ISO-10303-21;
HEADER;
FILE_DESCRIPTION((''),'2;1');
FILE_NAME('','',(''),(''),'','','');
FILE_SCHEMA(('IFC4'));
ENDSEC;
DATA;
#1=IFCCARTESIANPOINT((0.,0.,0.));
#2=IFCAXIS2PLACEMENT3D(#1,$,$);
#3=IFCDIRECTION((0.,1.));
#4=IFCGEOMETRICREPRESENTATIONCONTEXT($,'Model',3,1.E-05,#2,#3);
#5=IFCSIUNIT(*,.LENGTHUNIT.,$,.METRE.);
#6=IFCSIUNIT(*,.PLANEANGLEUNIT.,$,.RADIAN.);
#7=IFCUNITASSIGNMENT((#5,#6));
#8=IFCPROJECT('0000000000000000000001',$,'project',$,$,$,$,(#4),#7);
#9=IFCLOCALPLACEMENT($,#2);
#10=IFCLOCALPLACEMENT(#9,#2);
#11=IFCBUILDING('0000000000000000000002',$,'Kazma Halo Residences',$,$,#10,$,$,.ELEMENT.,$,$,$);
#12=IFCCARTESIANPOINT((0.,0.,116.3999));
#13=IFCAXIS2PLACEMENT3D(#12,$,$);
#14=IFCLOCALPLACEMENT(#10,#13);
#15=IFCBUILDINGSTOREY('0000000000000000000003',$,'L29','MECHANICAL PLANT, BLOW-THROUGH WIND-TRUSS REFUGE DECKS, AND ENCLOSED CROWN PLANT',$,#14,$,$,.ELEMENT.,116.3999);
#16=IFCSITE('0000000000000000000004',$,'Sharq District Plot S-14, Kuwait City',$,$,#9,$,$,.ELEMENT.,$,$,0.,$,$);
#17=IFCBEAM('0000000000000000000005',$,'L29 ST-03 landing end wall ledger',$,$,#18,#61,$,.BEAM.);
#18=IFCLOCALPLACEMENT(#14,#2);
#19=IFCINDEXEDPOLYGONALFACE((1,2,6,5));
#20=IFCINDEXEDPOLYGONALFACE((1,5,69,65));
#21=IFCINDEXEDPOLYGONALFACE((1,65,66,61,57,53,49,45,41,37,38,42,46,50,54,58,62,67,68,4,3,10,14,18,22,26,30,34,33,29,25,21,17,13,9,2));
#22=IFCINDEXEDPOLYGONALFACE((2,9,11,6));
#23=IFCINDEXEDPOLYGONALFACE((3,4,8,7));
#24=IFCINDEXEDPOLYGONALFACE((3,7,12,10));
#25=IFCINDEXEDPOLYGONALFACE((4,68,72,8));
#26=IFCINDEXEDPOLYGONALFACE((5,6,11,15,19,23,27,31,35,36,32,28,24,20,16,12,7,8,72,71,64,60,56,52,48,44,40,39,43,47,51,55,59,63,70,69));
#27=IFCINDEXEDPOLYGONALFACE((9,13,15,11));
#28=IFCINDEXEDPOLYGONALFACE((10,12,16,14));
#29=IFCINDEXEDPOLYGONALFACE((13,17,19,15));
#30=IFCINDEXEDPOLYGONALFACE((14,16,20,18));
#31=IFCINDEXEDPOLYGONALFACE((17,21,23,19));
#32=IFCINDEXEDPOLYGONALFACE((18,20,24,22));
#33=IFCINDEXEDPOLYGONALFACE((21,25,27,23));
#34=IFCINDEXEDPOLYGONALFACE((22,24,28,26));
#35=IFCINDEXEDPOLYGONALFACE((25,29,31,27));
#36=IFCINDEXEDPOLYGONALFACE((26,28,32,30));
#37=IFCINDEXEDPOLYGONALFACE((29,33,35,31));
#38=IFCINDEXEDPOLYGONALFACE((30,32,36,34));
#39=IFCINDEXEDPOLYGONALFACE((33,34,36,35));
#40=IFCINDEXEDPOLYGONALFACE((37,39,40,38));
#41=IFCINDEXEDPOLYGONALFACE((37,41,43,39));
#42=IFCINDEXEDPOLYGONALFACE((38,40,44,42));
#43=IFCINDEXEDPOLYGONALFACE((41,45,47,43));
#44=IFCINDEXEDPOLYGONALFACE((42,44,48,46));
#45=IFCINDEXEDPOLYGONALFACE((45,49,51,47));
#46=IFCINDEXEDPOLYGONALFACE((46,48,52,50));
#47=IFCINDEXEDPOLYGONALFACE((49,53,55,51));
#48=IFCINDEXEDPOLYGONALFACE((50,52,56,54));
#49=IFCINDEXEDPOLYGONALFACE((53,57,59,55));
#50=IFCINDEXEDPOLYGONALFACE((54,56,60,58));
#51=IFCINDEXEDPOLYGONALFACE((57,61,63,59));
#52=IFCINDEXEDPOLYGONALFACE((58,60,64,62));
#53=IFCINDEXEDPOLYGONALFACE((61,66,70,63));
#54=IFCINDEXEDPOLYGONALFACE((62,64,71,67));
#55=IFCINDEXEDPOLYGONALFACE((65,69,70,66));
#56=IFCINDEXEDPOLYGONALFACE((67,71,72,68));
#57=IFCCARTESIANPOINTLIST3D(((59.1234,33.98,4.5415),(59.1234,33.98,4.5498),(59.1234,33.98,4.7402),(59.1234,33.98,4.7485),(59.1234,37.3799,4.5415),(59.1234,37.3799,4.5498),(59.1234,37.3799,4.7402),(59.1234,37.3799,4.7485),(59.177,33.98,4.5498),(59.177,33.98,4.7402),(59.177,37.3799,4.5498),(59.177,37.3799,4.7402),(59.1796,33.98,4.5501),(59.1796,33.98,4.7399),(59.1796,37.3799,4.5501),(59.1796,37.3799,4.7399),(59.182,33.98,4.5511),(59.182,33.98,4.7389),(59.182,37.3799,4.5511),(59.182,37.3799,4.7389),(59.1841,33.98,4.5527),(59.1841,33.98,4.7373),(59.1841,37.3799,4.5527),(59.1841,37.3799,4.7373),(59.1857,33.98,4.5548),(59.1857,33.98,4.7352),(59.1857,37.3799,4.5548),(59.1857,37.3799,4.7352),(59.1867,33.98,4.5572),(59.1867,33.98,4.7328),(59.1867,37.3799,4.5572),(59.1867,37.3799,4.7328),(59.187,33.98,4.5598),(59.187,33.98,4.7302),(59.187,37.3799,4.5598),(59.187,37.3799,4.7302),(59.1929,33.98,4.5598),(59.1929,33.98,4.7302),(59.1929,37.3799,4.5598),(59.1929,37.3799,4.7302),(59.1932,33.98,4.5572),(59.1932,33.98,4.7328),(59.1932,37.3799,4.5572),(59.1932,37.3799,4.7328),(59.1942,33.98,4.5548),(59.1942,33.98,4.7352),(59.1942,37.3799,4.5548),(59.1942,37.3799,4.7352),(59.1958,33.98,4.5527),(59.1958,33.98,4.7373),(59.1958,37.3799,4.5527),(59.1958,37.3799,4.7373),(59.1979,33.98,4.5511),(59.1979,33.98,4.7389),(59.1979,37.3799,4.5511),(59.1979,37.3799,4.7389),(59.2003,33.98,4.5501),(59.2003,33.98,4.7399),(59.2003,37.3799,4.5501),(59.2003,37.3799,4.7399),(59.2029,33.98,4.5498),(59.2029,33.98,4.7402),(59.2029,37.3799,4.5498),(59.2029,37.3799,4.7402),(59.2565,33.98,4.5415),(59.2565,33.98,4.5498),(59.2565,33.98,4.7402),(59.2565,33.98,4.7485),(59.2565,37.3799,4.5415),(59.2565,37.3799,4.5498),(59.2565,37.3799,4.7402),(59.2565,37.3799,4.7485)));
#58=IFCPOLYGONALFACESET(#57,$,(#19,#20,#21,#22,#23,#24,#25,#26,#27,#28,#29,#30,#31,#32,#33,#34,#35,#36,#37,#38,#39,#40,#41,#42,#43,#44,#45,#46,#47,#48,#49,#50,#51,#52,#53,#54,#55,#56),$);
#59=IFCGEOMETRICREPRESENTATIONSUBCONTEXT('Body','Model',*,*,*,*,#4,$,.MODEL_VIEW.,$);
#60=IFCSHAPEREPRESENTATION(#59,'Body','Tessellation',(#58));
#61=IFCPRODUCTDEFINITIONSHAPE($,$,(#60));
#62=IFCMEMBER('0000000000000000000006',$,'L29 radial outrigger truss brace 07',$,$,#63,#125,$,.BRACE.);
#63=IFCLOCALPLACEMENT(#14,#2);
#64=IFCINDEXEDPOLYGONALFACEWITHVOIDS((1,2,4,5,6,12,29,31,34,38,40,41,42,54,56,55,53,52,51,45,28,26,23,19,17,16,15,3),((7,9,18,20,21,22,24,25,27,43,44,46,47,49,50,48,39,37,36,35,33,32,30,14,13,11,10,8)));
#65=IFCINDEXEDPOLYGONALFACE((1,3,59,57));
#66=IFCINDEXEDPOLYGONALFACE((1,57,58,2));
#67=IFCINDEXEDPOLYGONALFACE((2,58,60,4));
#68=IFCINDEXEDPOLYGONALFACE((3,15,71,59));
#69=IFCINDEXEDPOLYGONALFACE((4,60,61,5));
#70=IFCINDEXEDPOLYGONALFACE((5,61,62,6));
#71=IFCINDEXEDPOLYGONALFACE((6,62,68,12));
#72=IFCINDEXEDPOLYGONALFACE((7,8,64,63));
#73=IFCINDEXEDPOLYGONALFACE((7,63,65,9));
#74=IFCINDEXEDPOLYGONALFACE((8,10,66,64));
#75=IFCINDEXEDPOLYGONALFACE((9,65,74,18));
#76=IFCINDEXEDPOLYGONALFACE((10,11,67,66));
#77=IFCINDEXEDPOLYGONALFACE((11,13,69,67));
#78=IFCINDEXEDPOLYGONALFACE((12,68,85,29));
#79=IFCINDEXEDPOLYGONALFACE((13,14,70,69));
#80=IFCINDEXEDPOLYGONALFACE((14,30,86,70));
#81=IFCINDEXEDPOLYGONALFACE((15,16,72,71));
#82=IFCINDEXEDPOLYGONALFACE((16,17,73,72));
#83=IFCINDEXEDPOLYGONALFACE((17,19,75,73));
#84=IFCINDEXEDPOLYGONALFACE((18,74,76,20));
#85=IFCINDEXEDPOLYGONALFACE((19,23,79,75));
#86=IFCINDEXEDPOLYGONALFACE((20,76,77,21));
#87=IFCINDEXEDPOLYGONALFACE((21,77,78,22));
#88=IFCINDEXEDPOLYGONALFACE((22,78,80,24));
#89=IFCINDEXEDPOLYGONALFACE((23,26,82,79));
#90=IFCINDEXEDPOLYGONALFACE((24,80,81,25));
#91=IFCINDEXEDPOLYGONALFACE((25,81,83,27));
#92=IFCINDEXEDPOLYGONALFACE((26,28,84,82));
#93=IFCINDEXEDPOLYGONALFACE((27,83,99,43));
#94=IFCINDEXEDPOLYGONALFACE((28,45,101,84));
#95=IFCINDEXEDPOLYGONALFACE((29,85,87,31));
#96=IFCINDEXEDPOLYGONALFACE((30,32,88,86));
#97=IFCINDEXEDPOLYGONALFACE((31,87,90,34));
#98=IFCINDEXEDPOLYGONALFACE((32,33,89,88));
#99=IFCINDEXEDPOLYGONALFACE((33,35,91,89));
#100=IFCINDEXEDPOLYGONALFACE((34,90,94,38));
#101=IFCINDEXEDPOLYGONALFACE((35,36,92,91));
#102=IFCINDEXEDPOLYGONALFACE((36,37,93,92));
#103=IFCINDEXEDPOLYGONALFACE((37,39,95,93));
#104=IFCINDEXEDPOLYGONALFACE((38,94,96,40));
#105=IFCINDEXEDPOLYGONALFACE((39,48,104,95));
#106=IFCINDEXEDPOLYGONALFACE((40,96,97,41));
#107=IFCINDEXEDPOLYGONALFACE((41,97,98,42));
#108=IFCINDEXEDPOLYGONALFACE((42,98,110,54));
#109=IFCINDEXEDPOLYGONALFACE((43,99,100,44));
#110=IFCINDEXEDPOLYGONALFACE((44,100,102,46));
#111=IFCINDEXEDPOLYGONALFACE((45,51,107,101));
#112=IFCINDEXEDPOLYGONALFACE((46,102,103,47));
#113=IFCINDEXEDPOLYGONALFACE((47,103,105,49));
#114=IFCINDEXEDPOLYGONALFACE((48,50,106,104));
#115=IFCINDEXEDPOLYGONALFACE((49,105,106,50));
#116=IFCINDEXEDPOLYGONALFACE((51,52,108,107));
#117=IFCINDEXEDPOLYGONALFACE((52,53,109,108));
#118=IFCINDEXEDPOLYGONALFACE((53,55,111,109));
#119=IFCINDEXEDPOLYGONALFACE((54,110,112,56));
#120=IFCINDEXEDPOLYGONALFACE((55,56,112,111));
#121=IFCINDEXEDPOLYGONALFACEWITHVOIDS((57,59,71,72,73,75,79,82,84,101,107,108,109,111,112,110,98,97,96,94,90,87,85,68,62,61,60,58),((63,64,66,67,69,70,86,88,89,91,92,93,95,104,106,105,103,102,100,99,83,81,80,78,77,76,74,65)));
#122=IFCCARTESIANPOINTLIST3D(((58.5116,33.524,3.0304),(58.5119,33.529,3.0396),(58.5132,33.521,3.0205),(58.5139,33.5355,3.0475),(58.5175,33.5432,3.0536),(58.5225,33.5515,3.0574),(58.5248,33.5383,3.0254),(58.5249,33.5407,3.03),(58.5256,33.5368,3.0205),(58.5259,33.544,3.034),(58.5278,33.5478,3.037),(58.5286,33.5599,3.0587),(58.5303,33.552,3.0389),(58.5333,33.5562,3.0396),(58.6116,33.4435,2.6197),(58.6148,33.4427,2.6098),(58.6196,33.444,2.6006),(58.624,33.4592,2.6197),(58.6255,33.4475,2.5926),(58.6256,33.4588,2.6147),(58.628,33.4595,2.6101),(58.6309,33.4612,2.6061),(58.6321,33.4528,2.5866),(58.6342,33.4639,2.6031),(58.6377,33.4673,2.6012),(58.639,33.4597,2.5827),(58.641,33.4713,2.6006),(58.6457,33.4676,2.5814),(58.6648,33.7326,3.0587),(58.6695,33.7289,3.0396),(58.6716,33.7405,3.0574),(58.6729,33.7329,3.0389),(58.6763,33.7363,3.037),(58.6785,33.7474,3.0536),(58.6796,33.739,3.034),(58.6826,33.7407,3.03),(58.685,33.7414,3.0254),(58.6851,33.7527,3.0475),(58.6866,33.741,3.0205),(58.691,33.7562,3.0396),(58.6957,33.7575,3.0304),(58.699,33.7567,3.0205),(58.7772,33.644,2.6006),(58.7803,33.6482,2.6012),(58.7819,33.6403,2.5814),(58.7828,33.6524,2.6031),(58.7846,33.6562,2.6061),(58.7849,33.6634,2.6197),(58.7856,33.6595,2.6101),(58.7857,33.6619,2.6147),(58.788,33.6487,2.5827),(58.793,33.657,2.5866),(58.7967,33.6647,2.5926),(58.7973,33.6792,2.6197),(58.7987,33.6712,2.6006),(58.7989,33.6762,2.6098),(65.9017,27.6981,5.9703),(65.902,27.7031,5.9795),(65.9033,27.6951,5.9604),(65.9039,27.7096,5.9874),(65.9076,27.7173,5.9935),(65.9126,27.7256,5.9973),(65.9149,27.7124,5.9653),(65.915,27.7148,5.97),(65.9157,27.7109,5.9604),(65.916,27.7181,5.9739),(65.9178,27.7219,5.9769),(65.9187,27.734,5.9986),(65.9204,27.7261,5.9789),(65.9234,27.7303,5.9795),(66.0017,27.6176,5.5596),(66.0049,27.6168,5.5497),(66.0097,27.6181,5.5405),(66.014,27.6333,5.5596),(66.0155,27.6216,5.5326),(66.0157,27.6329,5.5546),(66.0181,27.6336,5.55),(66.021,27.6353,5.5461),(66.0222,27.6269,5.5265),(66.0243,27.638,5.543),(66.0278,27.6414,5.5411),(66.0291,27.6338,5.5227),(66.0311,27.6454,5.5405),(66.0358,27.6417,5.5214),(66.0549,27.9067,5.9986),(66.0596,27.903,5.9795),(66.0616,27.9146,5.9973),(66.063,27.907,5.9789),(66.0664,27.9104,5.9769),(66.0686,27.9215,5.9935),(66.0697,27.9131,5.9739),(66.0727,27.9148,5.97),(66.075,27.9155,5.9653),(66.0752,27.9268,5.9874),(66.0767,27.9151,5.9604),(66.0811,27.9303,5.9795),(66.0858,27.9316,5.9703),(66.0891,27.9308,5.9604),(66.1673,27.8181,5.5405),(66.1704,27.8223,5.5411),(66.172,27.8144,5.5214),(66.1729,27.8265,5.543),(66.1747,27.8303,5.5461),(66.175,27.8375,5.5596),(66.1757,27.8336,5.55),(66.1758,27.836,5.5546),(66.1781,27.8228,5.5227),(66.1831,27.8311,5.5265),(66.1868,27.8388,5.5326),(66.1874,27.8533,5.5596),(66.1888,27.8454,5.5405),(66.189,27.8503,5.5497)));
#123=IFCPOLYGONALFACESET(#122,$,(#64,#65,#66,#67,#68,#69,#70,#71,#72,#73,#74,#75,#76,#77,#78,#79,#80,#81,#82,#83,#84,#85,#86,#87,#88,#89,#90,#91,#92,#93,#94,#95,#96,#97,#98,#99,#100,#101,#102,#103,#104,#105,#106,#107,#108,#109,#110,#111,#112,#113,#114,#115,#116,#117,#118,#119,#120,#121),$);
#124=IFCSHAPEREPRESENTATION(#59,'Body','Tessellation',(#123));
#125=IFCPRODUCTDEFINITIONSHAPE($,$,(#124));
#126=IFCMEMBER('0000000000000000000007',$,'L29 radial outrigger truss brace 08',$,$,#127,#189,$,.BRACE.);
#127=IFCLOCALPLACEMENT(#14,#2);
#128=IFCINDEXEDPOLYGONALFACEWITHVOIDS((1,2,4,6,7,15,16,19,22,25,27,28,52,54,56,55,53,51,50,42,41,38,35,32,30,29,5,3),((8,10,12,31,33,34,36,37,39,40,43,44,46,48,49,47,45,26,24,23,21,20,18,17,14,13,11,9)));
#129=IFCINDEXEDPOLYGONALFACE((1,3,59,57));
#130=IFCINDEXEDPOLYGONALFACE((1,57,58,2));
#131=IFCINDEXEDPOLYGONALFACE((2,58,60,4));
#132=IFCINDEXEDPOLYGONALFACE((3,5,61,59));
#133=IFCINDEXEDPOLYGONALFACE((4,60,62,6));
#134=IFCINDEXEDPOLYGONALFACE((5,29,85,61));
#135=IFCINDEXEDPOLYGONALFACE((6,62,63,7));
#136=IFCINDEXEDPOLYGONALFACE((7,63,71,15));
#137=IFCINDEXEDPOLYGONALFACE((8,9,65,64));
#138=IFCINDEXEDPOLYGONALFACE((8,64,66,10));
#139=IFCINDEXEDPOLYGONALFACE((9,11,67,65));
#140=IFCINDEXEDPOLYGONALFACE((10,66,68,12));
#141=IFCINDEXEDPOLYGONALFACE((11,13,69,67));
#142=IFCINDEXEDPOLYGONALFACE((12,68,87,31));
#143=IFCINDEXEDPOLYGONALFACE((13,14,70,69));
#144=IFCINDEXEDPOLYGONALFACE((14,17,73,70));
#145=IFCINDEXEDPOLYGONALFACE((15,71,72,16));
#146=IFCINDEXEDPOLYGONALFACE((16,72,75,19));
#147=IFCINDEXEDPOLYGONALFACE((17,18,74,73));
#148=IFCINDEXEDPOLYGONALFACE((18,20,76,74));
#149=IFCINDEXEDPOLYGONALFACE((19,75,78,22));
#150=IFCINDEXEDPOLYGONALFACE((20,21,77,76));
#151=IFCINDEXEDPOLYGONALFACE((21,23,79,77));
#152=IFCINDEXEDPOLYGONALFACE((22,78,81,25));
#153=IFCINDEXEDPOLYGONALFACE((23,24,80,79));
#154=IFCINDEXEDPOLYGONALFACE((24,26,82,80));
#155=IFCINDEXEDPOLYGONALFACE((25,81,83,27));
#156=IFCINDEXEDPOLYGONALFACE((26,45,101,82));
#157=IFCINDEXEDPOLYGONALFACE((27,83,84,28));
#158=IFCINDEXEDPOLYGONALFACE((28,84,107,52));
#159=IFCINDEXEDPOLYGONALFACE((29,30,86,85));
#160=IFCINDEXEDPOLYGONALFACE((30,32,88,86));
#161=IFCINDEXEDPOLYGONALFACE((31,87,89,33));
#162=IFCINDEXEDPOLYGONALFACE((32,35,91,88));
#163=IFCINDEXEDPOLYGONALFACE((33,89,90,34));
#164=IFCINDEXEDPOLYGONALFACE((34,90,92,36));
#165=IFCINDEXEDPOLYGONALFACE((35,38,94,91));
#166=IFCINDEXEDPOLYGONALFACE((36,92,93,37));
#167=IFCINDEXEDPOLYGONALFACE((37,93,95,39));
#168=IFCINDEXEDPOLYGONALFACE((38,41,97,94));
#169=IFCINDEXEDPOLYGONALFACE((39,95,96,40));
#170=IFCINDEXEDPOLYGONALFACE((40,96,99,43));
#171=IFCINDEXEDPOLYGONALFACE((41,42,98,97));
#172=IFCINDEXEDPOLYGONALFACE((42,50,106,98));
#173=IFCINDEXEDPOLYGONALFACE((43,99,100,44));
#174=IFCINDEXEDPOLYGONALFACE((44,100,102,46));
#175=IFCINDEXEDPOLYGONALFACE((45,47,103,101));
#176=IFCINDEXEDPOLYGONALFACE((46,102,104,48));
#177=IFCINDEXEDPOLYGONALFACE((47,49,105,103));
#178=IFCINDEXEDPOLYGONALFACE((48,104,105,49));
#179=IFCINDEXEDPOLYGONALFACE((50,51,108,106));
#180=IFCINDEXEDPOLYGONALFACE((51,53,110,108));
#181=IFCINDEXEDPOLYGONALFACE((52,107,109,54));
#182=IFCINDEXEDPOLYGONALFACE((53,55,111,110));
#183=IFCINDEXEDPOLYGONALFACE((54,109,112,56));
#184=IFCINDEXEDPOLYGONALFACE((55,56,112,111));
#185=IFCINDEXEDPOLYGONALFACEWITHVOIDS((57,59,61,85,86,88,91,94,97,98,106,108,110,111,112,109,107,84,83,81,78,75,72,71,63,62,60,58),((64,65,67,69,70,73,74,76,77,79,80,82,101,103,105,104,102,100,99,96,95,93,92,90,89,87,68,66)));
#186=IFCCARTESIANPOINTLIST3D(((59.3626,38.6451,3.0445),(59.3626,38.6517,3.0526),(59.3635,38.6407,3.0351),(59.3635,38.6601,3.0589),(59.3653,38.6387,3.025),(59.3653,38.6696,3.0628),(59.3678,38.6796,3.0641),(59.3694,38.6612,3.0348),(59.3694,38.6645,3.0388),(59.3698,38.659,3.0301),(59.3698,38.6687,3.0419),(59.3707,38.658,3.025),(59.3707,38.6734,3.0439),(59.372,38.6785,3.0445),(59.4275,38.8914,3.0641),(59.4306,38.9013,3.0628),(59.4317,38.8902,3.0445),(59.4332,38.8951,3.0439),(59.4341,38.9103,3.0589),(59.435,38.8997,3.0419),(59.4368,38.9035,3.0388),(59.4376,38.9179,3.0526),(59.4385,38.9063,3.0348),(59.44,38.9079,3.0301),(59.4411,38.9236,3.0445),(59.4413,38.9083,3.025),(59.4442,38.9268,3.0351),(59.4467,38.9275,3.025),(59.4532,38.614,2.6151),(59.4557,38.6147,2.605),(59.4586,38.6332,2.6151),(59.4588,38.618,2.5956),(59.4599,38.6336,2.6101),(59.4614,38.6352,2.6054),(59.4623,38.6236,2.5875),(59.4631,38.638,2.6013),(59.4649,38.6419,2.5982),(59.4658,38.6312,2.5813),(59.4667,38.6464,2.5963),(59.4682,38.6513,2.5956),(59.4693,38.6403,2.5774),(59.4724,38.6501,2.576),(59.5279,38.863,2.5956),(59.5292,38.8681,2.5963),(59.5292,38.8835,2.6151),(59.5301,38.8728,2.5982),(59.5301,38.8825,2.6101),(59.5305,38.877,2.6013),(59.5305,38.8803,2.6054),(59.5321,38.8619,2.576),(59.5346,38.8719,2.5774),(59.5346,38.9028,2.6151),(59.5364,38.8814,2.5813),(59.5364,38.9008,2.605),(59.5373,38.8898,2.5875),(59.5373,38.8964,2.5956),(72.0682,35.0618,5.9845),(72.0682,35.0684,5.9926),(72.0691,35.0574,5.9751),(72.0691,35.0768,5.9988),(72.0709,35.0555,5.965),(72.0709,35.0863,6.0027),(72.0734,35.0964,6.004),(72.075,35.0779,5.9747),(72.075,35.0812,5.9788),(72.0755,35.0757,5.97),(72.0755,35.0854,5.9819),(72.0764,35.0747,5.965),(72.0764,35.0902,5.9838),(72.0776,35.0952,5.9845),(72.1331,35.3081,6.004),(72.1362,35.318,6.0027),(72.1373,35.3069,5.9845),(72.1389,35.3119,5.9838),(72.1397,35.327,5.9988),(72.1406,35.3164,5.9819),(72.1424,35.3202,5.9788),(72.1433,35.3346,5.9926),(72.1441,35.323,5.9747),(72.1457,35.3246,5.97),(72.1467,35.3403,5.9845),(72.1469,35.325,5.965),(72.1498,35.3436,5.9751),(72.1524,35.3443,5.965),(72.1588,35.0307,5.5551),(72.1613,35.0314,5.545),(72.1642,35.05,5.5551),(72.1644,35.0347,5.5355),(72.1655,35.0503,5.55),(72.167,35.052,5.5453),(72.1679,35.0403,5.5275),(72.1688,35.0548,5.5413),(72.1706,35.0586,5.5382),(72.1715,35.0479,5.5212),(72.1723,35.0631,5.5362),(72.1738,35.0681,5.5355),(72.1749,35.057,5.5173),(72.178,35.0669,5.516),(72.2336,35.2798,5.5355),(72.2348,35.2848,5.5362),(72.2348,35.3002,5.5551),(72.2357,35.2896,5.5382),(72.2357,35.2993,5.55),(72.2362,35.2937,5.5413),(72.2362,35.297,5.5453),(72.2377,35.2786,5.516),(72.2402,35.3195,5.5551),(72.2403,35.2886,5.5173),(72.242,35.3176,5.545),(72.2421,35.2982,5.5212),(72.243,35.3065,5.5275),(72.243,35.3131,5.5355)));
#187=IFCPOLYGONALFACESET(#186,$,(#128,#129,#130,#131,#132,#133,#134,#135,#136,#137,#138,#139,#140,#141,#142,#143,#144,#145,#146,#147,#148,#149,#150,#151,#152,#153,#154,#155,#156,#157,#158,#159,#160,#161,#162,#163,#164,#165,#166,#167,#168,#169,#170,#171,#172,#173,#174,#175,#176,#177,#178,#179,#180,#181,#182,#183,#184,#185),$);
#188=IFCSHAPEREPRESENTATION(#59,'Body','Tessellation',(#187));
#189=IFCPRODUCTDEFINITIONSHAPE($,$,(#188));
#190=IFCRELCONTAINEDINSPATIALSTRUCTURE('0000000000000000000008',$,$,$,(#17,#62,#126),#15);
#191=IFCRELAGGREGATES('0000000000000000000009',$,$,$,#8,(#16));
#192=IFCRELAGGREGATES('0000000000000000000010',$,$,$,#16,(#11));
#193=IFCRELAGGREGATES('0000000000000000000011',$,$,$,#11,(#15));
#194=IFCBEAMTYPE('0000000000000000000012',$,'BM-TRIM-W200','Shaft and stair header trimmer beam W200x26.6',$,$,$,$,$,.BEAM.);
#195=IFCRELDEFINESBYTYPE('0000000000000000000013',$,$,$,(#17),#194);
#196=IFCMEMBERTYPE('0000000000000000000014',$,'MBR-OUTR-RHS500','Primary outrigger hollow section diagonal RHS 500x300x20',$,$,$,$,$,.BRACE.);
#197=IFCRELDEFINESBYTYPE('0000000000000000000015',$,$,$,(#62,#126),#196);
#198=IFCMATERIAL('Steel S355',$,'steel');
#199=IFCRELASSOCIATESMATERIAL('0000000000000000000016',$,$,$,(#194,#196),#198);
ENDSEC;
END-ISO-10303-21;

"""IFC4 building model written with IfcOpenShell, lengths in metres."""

from ifc_helpers import new_model, si_unit, direction, frame, origin, origin_2d, place, context, subcontext, project, spatial, hollow_rectangle, i_section, extrude, material, material_profile, profile_set, type_object, element, save


model = new_model("IFC4")

# Units and contexts
model_context = context("Model", 3, precision=1e-05, world=origin(), true_north=direction((0.0, 1.0)))
body_context = subcontext(model_context, "Body", "Model", "MODEL_VIEW")
ifc_project = project(units=[si_unit("LENGTHUNIT", "METRE"), si_unit("PLANEANGLEUNIT", "RADIAN")], contexts=[model_context])

# Site, building, storey
site_placement = place(None, origin())
site = spatial("IfcSite", under=ifc_project, at=site_placement, Name="Sharq District Plot S-14, Kuwait City", CompositionType="ELEMENT", RefElevation=0.0)
building_placement = place(site_placement, origin())
building = spatial("IfcBuilding", under=site, at=building_placement, Name="Kazma Halo Residences", CompositionType="ELEMENT")
storey_placement = place(building_placement, frame((0.0, 0.0, 116.3999)))
storey = spatial("IfcBuildingStorey", under=building, at=storey_placement, Name="L29", Description="MECHANICAL PLANT, BLOW-THROUGH WIND-TRUSS REFUGE DECKS, AND ENCLOSED CROWN PLANT", CompositionType="ELEMENT", Elevation=116.3999)

# Beam
ifc_material_1 = material(Name="Steel S355", Category="steel")
ifc_material_profile_1 = material_profile(ifc_material_1, i_section(OverallWidth=0.1331, OverallDepth=0.207, WebThickness=0.0059, FlangeThickness=0.0083, FilletRadius=0.01, at=origin_2d()), Name="W200x26.6")
ifc_profile_set_1 = profile_set([ifc_material_profile_1], Name="Steel S355")
beam_type_1 = type_object("IfcBeamType", Name="BM-TRIM-W200", Description="Shaft and stair header trimmer beam W200x26.6", PredefinedType="BEAM", material=ifc_profile_set_1)
beam_1_placement = place(storey_placement, frame((59.1899, 33.98, 4.645), z_axis=(0.0, 1.0, 0.0), x_axis=(-1.0, 0.0, 0.0)))
element("IfcBeam", 1, at=beam_1_placement, inside=storey, type_object=beam_type_1, Name="L29 ST-03 landing end wall ledger", PredefinedType="BEAM", context=body_context, shape_type="SweptSolid", body=[
    extrude(i_section(OverallWidth=0.1331, OverallDepth=0.207, WebThickness=0.0059, FlangeThickness=0.0083, FilletRadius=0.01, at=origin_2d()), origin(), (0.0, 0.0, 1.0), 3.3999),
])

# Members
ifc_material_profile_2 = material_profile(ifc_material_1, hollow_rectangle(XDim=0.3, YDim=0.5, WallThickness=0.02, InnerFilletRadius=0.02, OuterFilletRadius=0.04, at=origin_2d()), Name="RHS500x300x20")
ifc_profile_set_2 = profile_set([ifc_material_profile_2], Name="Steel S355")
member_type_1 = type_object("IfcMemberType", Name="MBR-OUTR-RHS500", Description="Primary outrigger hollow section diagonal RHS 500x300x20", PredefinedType="BRACE", material=ifc_profile_set_2)
member_1_placement = place(storey_placement, frame((58.6553, 33.6001, 2.8201), z_axis=(0.749587, -0.590928, 0.2982), x_axis=(0.619095, 0.785316, 0.0)))
element("IfcMember", 2, at=member_1_placement, inside=storey, type_object=member_type_1, Name="L29 radial outrigger truss brace 07", PredefinedType="BRACE", context=body_context, shape_type="SweptSolid", body=[
    extrude(hollow_rectangle(XDim=0.3, YDim=0.5, WallThickness=0.02, InnerFilletRadius=0.02, OuterFilletRadius=0.04, at=origin_2d()), origin(), (0.0, 0.0, 1.0), 9.8589),
])
member_2_placement = place(storey_placement, frame((59.45, 38.7708, 2.8201), z_axis=(0.939442, -0.264944, 0.217378), x_axis=(0.271434, 0.962457, 0.0)))
element("IfcMember", 3, at=member_2_placement, inside=storey, type_object=member_type_1, Name="L29 radial outrigger truss brace 08", PredefinedType="BRACE", context=body_context, shape_type="SweptSolid", body=[
    extrude(hollow_rectangle(XDim=0.3, YDim=0.5, WallThickness=0.02, InnerFilletRadius=0.02, OuterFilletRadius=0.04, at=origin_2d()), origin(), (0.0, 0.0, 1.0), 13.5247),
])

save(model, "model.ifc")
